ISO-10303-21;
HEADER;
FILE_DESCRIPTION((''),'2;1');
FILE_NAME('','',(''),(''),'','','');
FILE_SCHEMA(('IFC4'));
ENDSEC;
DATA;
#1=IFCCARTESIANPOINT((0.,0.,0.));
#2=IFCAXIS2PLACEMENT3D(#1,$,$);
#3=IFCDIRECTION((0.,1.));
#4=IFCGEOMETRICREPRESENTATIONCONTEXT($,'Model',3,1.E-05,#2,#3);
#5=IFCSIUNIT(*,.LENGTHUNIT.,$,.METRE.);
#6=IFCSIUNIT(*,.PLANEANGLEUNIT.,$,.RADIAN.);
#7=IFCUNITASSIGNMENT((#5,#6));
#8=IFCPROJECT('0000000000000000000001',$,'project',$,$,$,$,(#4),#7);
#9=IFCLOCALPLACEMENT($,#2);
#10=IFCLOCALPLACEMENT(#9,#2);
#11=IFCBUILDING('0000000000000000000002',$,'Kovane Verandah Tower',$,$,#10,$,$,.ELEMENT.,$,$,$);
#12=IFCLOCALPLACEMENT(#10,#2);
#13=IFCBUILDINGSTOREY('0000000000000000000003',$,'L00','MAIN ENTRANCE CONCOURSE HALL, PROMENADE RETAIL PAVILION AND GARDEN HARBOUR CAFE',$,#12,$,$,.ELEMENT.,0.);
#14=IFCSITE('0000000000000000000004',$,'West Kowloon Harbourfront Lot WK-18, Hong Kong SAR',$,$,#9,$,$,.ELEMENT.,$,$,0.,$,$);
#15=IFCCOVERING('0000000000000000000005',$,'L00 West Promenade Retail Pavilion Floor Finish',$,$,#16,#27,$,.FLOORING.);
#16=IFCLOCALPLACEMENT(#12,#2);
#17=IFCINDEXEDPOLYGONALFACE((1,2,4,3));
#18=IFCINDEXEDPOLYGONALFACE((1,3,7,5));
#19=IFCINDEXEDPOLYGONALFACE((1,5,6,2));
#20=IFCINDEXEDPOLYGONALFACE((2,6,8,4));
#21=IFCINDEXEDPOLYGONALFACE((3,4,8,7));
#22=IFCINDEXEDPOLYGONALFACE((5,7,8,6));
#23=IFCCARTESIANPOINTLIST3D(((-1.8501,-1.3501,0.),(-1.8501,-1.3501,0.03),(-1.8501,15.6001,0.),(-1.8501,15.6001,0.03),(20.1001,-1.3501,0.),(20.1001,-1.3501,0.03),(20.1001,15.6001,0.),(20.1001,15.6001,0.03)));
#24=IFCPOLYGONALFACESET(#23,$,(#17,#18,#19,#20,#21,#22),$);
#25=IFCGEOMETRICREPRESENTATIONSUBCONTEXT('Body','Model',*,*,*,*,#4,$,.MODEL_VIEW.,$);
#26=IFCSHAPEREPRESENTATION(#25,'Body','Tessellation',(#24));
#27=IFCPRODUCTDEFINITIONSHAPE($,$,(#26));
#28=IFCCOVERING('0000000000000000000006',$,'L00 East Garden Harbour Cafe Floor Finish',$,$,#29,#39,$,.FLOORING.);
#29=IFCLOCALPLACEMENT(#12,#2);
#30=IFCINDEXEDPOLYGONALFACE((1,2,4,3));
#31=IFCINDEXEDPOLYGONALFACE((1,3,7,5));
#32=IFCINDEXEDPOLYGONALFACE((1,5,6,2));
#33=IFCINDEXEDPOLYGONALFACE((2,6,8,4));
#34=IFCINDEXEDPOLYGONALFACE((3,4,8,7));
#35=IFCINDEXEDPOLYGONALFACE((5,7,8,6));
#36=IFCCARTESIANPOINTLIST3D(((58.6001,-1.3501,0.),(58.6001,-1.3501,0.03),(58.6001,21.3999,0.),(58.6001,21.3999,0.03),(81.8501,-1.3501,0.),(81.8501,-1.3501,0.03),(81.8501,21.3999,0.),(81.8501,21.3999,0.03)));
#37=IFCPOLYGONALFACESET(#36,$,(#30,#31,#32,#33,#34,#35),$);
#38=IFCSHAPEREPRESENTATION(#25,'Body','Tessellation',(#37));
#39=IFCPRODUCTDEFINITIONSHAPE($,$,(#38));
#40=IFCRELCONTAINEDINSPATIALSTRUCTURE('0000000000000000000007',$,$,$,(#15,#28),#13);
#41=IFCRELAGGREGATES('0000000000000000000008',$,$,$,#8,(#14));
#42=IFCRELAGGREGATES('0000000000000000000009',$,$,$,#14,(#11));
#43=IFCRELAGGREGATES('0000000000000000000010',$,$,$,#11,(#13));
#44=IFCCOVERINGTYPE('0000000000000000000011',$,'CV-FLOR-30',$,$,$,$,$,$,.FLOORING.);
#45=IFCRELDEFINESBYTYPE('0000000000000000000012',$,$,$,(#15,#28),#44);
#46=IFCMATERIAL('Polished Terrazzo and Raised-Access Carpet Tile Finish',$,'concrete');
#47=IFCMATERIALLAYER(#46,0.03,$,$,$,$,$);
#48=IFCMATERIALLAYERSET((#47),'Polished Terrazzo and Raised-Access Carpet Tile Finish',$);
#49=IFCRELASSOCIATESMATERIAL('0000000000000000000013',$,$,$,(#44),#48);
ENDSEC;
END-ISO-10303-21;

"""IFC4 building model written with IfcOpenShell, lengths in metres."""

from ifc_helpers import new_model, si_unit, direction, origin, place, context, subcontext, project, spatial, polyline, outline, extrude, material, layer, layer_set, type_object, element, save


model = new_model("IFC4")

# Units and contexts
model_context = context("Model", 3, precision=1e-05, world=origin(), true_north=direction((0.0, 1.0)))
body_context = subcontext(model_context, "Body", "Model", "MODEL_VIEW")
ifc_project = project(units=[si_unit("LENGTHUNIT", "METRE"), si_unit("PLANEANGLEUNIT", "RADIAN")], contexts=[model_context])

# Site, building, storey
site_placement = place(None, origin())
site = spatial("IfcSite", under=ifc_project, at=site_placement, Name="West Kowloon Harbourfront Lot WK-18, Hong Kong SAR", CompositionType="ELEMENT", RefElevation=0.0)
building_placement = place(site_placement, origin())
building = spatial("IfcBuilding", under=site, at=building_placement, Name="Kovane Verandah Tower", CompositionType="ELEMENT")
storey_placement = place(building_placement, origin())
storey = spatial("IfcBuildingStorey", under=building, at=storey_placement, Name="L00", Description="MAIN ENTRANCE CONCOURSE HALL, PROMENADE RETAIL PAVILION AND GARDEN HARBOUR CAFE", CompositionType="ELEMENT", Elevation=0.0)

# Coverings
ifc_material_1 = material(Name="Polished Terrazzo and Raised-Access Carpet Tile Finish", Category="concrete")
ifc_layer_1 = layer(ifc_material_1, 0.03)
ifc_layer_set_1 = layer_set([ifc_layer_1], Name="Polished Terrazzo and Raised-Access Carpet Tile Finish")
covering_type_1 = type_object("IfcCoveringType", Name="CV-FLOR-30", PredefinedType="FLOORING", material=ifc_layer_set_1)
covering_1_placement = place(storey_placement, origin())
element("IfcCovering", 1, at=covering_1_placement, inside=storey, type_object=covering_type_1, Name="L00 West Promenade Retail Pavilion Floor Finish", PredefinedType="FLOORING", context=body_context, shape_type="SweptSolid", body=[
    extrude(outline(polyline([(-1.8501, -1.3501), (20.1001, -1.3501), (20.1001, 15.6001), (-1.8501, 15.6001), (-1.8501, -1.3501)])), origin(), (0.0, 0.0, 1.0), 0.03),
])
covering_2_placement = place(storey_placement, origin())
element("IfcCovering", 2, at=covering_2_placement, inside=storey, type_object=covering_type_1, Name="L00 East Garden Harbour Cafe Floor Finish", PredefinedType="FLOORING", context=body_context, shape_type="SweptSolid", body=[
    extrude(outline(polyline([(58.6001, -1.3501), (81.8501, -1.3501), (81.8501, 21.3999), (58.6001, 21.3999), (58.6001, -1.3501)])), origin(), (0.0, 0.0, 1.0), 0.03),
])

save(model, "model.ifc")
